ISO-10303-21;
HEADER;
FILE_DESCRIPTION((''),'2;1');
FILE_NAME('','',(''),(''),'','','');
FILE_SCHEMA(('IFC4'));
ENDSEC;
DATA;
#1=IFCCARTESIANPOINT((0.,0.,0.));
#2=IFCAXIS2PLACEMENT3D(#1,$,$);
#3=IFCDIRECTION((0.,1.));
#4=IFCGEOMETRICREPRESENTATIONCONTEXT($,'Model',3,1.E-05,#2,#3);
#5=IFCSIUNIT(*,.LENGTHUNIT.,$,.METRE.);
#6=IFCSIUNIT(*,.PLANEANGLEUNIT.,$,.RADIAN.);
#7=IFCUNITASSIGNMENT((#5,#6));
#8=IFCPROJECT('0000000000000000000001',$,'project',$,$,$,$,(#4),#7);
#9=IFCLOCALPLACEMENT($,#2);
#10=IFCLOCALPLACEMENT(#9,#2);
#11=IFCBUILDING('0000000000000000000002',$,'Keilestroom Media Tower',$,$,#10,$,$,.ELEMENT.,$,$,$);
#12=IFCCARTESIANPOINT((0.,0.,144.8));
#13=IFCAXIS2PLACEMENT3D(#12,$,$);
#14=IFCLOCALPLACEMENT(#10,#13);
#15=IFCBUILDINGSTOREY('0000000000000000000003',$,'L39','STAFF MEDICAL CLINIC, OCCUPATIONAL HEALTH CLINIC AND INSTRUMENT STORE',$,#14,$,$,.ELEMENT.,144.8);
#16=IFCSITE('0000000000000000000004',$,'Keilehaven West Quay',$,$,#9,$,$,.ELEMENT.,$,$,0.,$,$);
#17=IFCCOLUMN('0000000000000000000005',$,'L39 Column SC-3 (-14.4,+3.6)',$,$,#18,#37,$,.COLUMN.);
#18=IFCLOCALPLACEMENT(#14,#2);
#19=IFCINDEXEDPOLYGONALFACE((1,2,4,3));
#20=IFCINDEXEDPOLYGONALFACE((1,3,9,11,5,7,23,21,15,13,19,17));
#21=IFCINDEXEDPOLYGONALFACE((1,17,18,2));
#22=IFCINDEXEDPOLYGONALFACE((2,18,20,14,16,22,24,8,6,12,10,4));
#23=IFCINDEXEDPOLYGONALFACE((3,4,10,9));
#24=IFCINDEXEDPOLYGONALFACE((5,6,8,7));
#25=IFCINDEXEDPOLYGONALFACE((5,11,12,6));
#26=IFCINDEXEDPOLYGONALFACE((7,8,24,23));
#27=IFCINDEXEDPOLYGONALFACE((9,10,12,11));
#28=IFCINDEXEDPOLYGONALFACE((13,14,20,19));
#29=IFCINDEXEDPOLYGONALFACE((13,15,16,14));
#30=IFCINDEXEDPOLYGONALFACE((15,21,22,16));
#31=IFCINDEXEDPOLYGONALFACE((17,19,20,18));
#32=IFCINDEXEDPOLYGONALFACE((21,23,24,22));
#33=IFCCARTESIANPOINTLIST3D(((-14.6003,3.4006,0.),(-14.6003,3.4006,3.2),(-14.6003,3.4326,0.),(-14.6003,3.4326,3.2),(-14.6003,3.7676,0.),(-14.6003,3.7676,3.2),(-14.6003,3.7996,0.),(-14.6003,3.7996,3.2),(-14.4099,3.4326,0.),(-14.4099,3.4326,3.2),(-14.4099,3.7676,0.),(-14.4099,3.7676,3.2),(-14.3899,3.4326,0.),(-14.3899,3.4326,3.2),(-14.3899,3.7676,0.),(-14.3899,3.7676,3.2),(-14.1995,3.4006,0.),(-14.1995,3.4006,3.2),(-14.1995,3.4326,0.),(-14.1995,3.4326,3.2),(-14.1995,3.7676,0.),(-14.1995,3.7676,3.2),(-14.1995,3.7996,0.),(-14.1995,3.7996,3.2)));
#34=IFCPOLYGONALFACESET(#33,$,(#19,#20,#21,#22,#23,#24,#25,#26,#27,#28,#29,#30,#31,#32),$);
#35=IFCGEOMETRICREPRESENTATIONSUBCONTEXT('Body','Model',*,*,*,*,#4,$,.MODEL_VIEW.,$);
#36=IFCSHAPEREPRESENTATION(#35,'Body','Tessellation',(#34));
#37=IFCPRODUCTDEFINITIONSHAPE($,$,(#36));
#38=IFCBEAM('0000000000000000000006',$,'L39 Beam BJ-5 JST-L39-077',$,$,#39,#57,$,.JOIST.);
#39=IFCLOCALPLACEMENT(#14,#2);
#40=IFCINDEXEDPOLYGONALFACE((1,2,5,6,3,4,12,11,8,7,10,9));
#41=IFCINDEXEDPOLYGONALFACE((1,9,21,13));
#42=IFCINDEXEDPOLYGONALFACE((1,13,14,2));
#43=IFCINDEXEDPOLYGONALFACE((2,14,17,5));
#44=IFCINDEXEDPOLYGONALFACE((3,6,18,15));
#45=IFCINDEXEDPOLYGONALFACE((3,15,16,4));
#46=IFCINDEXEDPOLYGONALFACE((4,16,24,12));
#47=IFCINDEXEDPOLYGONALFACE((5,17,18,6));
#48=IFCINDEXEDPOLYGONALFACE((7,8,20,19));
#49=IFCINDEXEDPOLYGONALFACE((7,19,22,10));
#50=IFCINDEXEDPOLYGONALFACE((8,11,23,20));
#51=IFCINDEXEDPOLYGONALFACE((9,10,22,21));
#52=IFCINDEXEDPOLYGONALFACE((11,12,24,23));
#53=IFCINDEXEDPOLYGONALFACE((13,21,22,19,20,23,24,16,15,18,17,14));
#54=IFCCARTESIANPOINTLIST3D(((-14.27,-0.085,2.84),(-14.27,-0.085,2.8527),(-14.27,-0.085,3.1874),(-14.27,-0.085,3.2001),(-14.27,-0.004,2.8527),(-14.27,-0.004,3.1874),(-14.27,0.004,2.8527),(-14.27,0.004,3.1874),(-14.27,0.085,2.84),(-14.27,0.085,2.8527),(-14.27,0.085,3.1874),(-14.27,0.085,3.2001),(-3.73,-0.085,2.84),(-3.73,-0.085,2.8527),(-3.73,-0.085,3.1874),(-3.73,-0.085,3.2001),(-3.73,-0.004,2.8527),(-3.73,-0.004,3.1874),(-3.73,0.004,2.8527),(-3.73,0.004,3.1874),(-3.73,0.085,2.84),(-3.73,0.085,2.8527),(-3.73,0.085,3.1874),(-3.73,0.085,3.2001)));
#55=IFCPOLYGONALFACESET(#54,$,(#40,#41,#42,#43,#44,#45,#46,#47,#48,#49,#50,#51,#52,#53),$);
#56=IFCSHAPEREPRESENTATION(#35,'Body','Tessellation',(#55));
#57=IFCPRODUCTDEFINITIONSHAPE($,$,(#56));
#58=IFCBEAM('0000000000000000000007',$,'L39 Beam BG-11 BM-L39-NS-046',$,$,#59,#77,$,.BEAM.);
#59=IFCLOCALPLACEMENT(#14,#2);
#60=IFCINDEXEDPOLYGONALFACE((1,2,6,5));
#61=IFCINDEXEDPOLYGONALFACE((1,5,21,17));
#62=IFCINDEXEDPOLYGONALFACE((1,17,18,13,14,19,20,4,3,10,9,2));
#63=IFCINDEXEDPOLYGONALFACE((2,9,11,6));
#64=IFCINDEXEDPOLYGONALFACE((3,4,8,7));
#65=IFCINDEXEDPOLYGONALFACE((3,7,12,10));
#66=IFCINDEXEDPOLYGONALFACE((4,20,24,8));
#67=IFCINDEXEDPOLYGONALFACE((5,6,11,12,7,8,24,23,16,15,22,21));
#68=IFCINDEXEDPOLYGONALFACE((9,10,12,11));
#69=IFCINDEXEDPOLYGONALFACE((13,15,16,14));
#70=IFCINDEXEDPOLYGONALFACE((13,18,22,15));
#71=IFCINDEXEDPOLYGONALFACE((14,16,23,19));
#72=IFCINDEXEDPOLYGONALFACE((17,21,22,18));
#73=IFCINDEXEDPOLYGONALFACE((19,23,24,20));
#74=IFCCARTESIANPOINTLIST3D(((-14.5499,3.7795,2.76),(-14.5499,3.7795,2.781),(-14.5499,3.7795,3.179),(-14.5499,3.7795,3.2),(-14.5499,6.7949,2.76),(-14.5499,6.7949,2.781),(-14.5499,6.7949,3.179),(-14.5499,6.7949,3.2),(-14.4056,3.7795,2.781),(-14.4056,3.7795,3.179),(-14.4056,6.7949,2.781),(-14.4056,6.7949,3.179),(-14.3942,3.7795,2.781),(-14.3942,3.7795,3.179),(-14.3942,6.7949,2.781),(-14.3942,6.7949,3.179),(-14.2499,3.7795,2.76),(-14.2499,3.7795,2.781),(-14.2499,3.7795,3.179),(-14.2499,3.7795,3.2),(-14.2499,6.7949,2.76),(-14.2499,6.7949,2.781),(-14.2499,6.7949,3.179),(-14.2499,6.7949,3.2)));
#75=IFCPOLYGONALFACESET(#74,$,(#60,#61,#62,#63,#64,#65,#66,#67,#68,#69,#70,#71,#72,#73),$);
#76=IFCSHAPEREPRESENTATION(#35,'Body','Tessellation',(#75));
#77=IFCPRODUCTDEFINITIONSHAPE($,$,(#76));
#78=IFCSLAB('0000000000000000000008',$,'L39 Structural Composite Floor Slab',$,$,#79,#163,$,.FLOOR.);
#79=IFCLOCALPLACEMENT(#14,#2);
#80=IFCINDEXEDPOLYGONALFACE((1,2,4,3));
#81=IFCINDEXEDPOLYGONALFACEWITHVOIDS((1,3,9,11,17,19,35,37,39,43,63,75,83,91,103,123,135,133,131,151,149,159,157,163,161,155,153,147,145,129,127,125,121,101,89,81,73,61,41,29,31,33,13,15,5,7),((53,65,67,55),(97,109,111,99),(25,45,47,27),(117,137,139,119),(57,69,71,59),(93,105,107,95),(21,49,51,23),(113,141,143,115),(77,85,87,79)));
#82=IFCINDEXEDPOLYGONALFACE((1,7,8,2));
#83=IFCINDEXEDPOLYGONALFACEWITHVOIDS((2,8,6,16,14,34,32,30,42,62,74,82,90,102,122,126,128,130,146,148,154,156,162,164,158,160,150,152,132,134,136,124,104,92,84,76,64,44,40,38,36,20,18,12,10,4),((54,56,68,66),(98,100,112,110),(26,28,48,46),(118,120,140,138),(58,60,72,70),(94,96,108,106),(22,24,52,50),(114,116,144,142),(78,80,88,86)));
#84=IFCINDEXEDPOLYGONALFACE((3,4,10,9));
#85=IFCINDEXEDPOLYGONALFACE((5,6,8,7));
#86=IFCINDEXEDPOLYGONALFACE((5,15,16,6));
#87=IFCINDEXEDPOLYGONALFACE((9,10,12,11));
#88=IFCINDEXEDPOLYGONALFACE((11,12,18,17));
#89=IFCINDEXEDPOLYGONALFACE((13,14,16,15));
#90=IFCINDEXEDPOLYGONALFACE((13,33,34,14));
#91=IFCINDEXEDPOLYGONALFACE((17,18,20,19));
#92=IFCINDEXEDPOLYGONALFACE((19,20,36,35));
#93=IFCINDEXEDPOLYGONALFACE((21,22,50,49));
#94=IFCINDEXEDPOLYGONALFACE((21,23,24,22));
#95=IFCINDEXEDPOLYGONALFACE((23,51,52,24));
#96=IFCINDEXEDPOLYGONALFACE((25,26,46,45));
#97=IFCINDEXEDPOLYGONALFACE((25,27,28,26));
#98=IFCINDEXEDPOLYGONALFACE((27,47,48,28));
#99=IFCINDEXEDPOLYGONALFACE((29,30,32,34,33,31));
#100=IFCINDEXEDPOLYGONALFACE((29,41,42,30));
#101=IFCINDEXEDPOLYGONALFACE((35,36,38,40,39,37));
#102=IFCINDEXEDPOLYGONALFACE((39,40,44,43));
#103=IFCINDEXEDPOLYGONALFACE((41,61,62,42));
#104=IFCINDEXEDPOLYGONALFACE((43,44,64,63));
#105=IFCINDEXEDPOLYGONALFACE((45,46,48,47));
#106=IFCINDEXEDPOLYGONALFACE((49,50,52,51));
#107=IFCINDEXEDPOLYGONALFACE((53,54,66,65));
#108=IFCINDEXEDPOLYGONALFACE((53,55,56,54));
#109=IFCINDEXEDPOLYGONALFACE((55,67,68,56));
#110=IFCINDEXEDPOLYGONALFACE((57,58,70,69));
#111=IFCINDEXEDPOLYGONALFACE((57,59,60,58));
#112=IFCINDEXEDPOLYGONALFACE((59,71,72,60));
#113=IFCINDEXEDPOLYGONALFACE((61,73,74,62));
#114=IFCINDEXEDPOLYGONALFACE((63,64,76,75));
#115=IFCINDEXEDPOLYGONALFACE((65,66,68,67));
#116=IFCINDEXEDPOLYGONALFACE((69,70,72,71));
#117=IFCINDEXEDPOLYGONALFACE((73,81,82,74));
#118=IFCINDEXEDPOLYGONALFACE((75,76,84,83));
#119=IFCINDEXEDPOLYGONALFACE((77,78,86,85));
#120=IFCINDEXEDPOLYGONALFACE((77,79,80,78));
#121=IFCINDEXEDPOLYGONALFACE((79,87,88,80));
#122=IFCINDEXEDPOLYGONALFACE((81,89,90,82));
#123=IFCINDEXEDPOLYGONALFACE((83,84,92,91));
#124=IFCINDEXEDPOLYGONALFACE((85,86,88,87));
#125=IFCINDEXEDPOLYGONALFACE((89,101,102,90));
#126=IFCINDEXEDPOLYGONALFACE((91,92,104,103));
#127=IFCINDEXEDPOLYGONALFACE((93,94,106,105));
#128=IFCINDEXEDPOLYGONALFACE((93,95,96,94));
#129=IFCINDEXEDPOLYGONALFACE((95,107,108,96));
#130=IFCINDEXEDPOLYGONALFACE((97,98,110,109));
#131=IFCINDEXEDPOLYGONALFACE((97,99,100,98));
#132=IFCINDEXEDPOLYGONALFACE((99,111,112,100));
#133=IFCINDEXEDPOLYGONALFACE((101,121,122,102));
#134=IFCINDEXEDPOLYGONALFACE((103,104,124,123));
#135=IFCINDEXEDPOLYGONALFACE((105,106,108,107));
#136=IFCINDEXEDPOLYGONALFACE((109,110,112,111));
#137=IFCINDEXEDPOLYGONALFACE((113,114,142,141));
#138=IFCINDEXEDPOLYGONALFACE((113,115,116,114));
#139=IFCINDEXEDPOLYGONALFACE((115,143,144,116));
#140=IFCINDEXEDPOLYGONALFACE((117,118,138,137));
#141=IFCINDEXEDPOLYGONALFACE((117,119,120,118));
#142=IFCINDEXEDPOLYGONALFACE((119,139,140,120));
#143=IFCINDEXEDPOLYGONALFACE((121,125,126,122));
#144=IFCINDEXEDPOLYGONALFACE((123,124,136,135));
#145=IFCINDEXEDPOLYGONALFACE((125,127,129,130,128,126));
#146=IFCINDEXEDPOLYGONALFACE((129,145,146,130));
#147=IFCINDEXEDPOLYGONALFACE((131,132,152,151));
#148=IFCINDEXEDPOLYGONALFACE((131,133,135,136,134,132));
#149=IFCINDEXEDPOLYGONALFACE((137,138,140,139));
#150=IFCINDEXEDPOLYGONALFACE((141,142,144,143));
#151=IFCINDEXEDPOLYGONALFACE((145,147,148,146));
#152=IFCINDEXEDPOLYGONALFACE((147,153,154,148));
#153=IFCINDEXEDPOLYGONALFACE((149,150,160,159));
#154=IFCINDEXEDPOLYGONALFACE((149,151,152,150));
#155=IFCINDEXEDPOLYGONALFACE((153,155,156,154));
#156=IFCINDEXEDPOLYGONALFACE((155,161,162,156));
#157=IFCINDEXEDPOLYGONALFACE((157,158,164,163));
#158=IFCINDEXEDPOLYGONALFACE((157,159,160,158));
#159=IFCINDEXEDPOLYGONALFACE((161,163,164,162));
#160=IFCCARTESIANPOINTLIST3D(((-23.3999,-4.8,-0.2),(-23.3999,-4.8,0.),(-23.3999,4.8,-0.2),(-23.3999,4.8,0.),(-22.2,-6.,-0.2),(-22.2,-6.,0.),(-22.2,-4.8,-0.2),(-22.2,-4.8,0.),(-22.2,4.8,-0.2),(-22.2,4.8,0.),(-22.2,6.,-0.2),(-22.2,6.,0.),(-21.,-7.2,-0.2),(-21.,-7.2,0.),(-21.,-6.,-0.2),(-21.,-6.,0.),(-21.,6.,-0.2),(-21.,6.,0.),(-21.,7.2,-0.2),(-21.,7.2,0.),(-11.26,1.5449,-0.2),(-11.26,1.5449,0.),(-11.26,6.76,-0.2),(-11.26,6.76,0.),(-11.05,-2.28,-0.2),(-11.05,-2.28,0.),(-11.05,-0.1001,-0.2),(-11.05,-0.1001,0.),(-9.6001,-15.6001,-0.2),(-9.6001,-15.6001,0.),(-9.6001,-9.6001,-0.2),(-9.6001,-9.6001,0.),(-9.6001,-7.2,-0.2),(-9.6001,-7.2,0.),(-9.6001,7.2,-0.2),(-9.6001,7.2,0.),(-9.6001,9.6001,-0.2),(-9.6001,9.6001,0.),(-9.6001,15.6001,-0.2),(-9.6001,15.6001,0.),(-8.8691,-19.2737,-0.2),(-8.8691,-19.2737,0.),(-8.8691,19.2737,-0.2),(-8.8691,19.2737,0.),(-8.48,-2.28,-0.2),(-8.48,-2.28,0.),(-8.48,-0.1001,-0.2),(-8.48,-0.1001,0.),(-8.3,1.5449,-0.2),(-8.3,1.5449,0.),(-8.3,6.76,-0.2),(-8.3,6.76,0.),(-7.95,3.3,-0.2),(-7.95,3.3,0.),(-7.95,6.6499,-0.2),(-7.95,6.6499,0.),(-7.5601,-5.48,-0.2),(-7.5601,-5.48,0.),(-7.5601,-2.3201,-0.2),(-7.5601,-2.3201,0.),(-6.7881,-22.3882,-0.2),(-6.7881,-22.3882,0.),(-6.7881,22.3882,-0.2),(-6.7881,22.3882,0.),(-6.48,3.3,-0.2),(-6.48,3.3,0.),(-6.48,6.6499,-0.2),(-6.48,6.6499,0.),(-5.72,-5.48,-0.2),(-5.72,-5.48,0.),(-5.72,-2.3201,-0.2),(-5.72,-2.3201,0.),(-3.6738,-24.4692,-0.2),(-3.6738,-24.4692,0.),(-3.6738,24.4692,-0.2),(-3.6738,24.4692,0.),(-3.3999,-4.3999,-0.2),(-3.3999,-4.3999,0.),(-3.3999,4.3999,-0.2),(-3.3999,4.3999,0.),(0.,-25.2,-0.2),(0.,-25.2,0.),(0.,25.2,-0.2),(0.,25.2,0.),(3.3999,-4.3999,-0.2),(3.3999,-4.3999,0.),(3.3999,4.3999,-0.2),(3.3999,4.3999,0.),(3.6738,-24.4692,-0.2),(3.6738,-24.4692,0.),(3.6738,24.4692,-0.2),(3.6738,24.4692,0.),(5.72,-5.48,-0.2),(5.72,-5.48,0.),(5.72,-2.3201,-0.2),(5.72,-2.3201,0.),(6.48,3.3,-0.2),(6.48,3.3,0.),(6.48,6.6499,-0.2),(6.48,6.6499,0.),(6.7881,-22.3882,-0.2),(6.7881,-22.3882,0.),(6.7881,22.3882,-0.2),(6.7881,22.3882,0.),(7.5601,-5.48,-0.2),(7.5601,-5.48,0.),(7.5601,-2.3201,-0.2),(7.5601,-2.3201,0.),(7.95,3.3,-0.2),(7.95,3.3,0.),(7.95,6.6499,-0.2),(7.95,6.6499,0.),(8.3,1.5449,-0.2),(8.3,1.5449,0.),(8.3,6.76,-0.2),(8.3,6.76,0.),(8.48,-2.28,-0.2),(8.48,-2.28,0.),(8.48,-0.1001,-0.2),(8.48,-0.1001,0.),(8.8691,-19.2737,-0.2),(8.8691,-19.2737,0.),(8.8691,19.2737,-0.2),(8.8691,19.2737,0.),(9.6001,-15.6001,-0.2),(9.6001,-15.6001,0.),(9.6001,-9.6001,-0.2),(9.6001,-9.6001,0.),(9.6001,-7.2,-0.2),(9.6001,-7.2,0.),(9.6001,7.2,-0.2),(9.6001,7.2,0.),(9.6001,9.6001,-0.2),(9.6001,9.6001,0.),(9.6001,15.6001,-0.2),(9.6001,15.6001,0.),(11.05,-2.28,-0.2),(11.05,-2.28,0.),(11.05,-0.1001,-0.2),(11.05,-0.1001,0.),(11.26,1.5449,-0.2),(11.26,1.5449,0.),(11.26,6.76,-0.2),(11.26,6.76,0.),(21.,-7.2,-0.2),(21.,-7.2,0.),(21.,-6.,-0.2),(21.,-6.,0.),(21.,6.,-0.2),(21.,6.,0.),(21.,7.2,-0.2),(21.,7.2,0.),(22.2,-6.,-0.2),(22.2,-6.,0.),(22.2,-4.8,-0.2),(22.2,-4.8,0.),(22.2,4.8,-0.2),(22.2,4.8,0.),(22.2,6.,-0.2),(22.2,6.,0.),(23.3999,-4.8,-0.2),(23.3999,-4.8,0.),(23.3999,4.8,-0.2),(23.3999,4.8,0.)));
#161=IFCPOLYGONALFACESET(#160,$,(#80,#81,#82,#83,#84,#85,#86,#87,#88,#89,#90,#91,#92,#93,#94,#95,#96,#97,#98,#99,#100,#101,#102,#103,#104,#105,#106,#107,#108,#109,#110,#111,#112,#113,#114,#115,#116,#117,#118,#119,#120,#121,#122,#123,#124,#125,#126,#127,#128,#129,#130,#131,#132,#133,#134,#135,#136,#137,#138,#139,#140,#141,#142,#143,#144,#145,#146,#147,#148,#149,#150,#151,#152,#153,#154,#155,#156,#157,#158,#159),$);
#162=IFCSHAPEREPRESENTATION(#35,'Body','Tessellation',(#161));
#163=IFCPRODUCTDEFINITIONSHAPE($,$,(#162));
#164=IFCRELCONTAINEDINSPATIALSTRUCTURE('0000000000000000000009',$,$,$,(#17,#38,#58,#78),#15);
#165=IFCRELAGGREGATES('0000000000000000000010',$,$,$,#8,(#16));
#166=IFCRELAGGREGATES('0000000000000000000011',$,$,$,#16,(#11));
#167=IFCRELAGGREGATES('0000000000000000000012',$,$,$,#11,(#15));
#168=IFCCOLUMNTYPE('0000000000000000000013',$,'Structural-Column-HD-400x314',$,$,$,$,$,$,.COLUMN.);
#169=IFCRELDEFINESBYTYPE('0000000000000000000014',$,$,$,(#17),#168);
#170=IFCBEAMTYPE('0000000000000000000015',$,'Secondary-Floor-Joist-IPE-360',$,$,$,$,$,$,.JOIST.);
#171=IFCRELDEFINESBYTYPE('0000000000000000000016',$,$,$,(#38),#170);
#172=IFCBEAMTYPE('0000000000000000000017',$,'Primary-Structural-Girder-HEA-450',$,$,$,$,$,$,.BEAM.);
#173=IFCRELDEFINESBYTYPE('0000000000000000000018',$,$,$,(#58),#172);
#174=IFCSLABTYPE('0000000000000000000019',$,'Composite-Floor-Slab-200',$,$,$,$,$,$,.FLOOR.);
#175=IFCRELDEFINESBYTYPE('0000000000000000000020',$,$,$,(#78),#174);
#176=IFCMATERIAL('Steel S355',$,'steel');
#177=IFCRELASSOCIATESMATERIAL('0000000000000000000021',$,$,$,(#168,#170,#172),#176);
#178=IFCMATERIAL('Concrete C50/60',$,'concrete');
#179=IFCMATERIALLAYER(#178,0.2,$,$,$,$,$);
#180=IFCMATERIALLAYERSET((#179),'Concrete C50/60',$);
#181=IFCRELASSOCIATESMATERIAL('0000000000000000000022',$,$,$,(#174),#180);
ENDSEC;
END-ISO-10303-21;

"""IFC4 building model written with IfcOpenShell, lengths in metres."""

from ifc_helpers import new_model, si_unit, direction, frame, origin, origin_2d, place, context, subcontext, project, spatial, polyline, i_section, outline, extrude, source, transform, mapped, material, layer, layer_set, material_profile, profile_set, type_object, element, save


model = new_model("IFC4")

# Units and contexts
model_context = context("Model", 3, precision=1e-05, world=origin(), true_north=direction((0.0, 1.0)))
body_context = subcontext(model_context, "Body", "Model", "MODEL_VIEW")
ifc_project = project(units=[si_unit("LENGTHUNIT", "METRE"), si_unit("PLANEANGLEUNIT", "RADIAN")], contexts=[model_context])

# Site, building, storey
site_placement = place(None, origin())
site = spatial("IfcSite", under=ifc_project, at=site_placement, Name="Keilehaven West Quay", CompositionType="ELEMENT", RefElevation=0.0)
building_placement = place(site_placement, origin())
building = spatial("IfcBuilding", under=site, at=building_placement, Name="Keilestroom Media Tower", CompositionType="ELEMENT")
storey_placement = place(building_placement, frame((0.0, 0.0, 144.8)))
storey = spatial("IfcBuildingStorey", under=building, at=storey_placement, Name="L39", Description="STAFF MEDICAL CLINIC, OCCUPATIONAL HEALTH CLINIC AND INSTRUMENT STORE", CompositionType="ELEMENT", Elevation=144.8)

# Column
ifc_material_1 = material(Name="Steel S355", Category="steel")
ifc_material_profile_1 = material_profile(ifc_material_1, i_section(OverallWidth=0.4009, OverallDepth=0.3989, WebThickness=0.02, FlangeThickness=0.032, at=origin_2d()), Name="HD 400x314")
ifc_profile_set_1 = profile_set([ifc_material_profile_1], Name="Steel S355")
column_type = type_object("IfcColumnType", Name="Structural-Column-HD-400x314", PredefinedType="COLUMN", material=ifc_profile_set_1)
shared_shape_1 = source(origin(), body_context, "Body", "SweptSolid", [
    extrude(i_section(OverallWidth=0.4009, OverallDepth=0.3989, WebThickness=0.02, FlangeThickness=0.032, at=origin_2d()), origin(), (0.0, 0.0, 1.0), 3.2),
])
column_placement = place(storey_placement, frame((-14.3999, 3.6001, 0.0), z_axis=(0.0, 0.0, 1.0), x_axis=(1.0, 0.0, 0.0)))
element("IfcColumn", 1, at=column_placement, inside=storey, type_object=column_type, Name="L39 Column SC-3 (-14.4,+3.6)", PredefinedType="COLUMN", context=body_context, shape_type="MappedRepresentation", body=[
    mapped(shared_shape_1, transform((0.0, 0.0, 0.0), x_axis=(1.0, 0.0, 0.0), y_axis=(0.0, 1.0, 0.0), z_axis=(0.0, 0.0, 1.0), scale=1.0)),
])

# Beams
ifc_material_profile_2 = material_profile(ifc_material_1, i_section(OverallWidth=0.1699, OverallDepth=0.3601, WebThickness=0.0081, FlangeThickness=0.0127, at=origin_2d()), Name="IPE 360")
ifc_profile_set_2 = profile_set([ifc_material_profile_2], Name="Steel S355")
beam_type_1 = type_object("IfcBeamType", Name="Secondary-Floor-Joist-IPE-360", PredefinedType="JOIST", material=ifc_profile_set_2)
shared_shape_2 = source(origin(), body_context, "Body", "SweptSolid", [
    extrude(i_section(OverallWidth=0.1699, OverallDepth=0.3601, WebThickness=0.0081, FlangeThickness=0.0127, at=origin_2d()), origin(), (0.0, 0.0, 1.0), 10.54),
])
beam_1_placement = place(storey_placement, frame((-14.27, 0.0, 3.02), z_axis=(1.0, 0.0, 0.0), x_axis=(0.0, 1.0, 0.0)))
element("IfcBeam", 2, at=beam_1_placement, inside=storey, type_object=beam_type_1, Name="L39 Beam BJ-5 JST-L39-077", PredefinedType="JOIST", context=body_context, shape_type="MappedRepresentation", body=[
    mapped(shared_shape_2, transform((0.0, 0.0, 0.0), x_axis=(1.0, 0.0, 0.0), y_axis=(0.0, 1.0, 0.0), z_axis=(0.0, 0.0, 1.0), scale=1.0)),
])
ifc_material_profile_3 = material_profile(ifc_material_1, i_section(OverallWidth=0.3, OverallDepth=0.4399, WebThickness=0.0115, FlangeThickness=0.021, at=origin_2d()), Name="HEA 450")
ifc_profile_set_3 = profile_set([ifc_material_profile_3], Name="Steel S355")
beam_type_2 = type_object("IfcBeamType", Name="Primary-Structural-Girder-HEA-450", PredefinedType="BEAM", material=ifc_profile_set_3)
shared_shape_3 = source(origin(), body_context, "Body", "SweptSolid", [
    extrude(i_section(OverallWidth=0.3, OverallDepth=0.4399, WebThickness=0.0115, FlangeThickness=0.021, at=origin_2d()), origin(), (0.0, 0.0, 1.0), 3.0154),
])
beam_2_placement = place(storey_placement, frame((-14.3999, 3.7795, 2.98), z_axis=(0.0, 1.0, 0.0), x_axis=(-1.0, 0.0, 0.0)))
element("IfcBeam", 3, at=beam_2_placement, inside=storey, type_object=beam_type_2, Name="L39 Beam BG-11 BM-L39-NS-046", PredefinedType="BEAM", context=body_context, shape_type="MappedRepresentation", body=[
    mapped(shared_shape_3, transform((0.0, 0.0, 0.0), x_axis=(1.0, 0.0, 0.0), y_axis=(0.0, 1.0, 0.0), z_axis=(0.0, 0.0, 1.0), scale=1.0)),
])

# Slab
ifc_material_2 = material(Name="Concrete C50/60", Category="concrete")
ifc_layer_1 = layer(ifc_material_2, 0.2)
ifc_layer_set_1 = layer_set([ifc_layer_1], Name="Concrete C50/60")
slab_type_1 = type_object("IfcSlabType", Name="Composite-Floor-Slab-200", PredefinedType="FLOOR", material=ifc_layer_set_1)
slab_1_placement = place(storey_placement, frame((0.0, 0.0, -0.2)))
element("IfcSlab", 4, at=slab_1_placement, inside=storey, type_object=slab_type_1, Name="L39 Structural Composite Floor Slab", PredefinedType="FLOOR", context=body_context, shape_type="SweptSolid", body=[
    extrude(outline(polyline([(23.3999, -4.8), (23.3999, 4.8), (22.2, 4.8), (22.2, 6.0), (21.0, 6.0), (21.0, 7.2), (9.6001, 7.2), (9.6001, 9.6001), (9.6001, 15.6001), (8.8691, 19.2737), (6.7881, 22.3882), (3.6738, 24.4692), (0.0, 25.2), (-3.6738, 24.4692), (-6.7881, 22.3882), (-8.8691, 19.2737), (-9.6001, 15.6001), (-9.6001, 9.6001), (-9.6001, 7.2), (-21.0, 7.2), (-21.0, 6.0), (-22.2, 6.0), (-22.2, 4.8), (-23.3999, 4.8), (-23.3999, -4.8), (-22.2, -4.8), (-22.2, -6.0), (-21.0, -6.0), (-21.0, -7.2), (-9.6001, -7.2), (-9.6001, -9.6001), (-9.6001, -15.6001), (-8.8691, -19.2737), (-6.7881, -22.3882), (-3.6738, -24.4692), (0.0, -25.2), (3.6738, -24.4692), (6.7881, -22.3882), (8.8691, -19.2737), (9.6001, -15.6001), (9.6001, -9.6001), (9.6001, -7.2), (21.0, -7.2), (21.0, -6.0), (22.2, -6.0), (22.2, -4.8), (23.3999, -4.8)]), holes=[polyline([(-11.26, 1.5449), (-11.26, 6.76), (-8.3, 6.76), (-8.3, 1.5449), (-11.26, 1.5449)]), polyline([(-11.05, -2.28), (-11.05, -0.1001), (-8.48, -0.1001), (-8.48, -2.28), (-11.05, -2.28)]), polyline([(-7.95, 3.3), (-7.95, 6.6499), (-6.48, 6.6499), (-6.48, 3.3), (-7.95, 3.3)]), polyline([(-7.5601, -2.3201), (-5.72, -2.3201), (-5.72, -5.48), (-7.5601, -5.48), (-7.5601, -2.3201)]), polyline([(3.3999, -4.3999), (-3.3999, -4.3999), (-3.3999, 4.3999), (3.3999, 4.3999), (3.3999, -4.3999)]), polyline([(7.5601, -2.3201), (7.5601, -5.48), (5.72, -5.48), (5.72, -2.3201), (7.5601, -2.3201)]), polyline([(6.48, 3.3), (6.48, 6.6499), (7.95, 6.6499), (7.95, 3.3), (6.48, 3.3)]), polyline([(8.3, 1.5449), (8.3, 6.76), (11.26, 6.76), (11.26, 1.5449), (8.3, 1.5449)]), polyline([(8.48, -2.28), (8.48, -0.1001), (11.05, -0.1001), (11.05, -2.28), (8.48, -2.28)])]), origin(), (0.0, 0.0, 1.0), 0.2),
])

save(model, "model.ifc")
